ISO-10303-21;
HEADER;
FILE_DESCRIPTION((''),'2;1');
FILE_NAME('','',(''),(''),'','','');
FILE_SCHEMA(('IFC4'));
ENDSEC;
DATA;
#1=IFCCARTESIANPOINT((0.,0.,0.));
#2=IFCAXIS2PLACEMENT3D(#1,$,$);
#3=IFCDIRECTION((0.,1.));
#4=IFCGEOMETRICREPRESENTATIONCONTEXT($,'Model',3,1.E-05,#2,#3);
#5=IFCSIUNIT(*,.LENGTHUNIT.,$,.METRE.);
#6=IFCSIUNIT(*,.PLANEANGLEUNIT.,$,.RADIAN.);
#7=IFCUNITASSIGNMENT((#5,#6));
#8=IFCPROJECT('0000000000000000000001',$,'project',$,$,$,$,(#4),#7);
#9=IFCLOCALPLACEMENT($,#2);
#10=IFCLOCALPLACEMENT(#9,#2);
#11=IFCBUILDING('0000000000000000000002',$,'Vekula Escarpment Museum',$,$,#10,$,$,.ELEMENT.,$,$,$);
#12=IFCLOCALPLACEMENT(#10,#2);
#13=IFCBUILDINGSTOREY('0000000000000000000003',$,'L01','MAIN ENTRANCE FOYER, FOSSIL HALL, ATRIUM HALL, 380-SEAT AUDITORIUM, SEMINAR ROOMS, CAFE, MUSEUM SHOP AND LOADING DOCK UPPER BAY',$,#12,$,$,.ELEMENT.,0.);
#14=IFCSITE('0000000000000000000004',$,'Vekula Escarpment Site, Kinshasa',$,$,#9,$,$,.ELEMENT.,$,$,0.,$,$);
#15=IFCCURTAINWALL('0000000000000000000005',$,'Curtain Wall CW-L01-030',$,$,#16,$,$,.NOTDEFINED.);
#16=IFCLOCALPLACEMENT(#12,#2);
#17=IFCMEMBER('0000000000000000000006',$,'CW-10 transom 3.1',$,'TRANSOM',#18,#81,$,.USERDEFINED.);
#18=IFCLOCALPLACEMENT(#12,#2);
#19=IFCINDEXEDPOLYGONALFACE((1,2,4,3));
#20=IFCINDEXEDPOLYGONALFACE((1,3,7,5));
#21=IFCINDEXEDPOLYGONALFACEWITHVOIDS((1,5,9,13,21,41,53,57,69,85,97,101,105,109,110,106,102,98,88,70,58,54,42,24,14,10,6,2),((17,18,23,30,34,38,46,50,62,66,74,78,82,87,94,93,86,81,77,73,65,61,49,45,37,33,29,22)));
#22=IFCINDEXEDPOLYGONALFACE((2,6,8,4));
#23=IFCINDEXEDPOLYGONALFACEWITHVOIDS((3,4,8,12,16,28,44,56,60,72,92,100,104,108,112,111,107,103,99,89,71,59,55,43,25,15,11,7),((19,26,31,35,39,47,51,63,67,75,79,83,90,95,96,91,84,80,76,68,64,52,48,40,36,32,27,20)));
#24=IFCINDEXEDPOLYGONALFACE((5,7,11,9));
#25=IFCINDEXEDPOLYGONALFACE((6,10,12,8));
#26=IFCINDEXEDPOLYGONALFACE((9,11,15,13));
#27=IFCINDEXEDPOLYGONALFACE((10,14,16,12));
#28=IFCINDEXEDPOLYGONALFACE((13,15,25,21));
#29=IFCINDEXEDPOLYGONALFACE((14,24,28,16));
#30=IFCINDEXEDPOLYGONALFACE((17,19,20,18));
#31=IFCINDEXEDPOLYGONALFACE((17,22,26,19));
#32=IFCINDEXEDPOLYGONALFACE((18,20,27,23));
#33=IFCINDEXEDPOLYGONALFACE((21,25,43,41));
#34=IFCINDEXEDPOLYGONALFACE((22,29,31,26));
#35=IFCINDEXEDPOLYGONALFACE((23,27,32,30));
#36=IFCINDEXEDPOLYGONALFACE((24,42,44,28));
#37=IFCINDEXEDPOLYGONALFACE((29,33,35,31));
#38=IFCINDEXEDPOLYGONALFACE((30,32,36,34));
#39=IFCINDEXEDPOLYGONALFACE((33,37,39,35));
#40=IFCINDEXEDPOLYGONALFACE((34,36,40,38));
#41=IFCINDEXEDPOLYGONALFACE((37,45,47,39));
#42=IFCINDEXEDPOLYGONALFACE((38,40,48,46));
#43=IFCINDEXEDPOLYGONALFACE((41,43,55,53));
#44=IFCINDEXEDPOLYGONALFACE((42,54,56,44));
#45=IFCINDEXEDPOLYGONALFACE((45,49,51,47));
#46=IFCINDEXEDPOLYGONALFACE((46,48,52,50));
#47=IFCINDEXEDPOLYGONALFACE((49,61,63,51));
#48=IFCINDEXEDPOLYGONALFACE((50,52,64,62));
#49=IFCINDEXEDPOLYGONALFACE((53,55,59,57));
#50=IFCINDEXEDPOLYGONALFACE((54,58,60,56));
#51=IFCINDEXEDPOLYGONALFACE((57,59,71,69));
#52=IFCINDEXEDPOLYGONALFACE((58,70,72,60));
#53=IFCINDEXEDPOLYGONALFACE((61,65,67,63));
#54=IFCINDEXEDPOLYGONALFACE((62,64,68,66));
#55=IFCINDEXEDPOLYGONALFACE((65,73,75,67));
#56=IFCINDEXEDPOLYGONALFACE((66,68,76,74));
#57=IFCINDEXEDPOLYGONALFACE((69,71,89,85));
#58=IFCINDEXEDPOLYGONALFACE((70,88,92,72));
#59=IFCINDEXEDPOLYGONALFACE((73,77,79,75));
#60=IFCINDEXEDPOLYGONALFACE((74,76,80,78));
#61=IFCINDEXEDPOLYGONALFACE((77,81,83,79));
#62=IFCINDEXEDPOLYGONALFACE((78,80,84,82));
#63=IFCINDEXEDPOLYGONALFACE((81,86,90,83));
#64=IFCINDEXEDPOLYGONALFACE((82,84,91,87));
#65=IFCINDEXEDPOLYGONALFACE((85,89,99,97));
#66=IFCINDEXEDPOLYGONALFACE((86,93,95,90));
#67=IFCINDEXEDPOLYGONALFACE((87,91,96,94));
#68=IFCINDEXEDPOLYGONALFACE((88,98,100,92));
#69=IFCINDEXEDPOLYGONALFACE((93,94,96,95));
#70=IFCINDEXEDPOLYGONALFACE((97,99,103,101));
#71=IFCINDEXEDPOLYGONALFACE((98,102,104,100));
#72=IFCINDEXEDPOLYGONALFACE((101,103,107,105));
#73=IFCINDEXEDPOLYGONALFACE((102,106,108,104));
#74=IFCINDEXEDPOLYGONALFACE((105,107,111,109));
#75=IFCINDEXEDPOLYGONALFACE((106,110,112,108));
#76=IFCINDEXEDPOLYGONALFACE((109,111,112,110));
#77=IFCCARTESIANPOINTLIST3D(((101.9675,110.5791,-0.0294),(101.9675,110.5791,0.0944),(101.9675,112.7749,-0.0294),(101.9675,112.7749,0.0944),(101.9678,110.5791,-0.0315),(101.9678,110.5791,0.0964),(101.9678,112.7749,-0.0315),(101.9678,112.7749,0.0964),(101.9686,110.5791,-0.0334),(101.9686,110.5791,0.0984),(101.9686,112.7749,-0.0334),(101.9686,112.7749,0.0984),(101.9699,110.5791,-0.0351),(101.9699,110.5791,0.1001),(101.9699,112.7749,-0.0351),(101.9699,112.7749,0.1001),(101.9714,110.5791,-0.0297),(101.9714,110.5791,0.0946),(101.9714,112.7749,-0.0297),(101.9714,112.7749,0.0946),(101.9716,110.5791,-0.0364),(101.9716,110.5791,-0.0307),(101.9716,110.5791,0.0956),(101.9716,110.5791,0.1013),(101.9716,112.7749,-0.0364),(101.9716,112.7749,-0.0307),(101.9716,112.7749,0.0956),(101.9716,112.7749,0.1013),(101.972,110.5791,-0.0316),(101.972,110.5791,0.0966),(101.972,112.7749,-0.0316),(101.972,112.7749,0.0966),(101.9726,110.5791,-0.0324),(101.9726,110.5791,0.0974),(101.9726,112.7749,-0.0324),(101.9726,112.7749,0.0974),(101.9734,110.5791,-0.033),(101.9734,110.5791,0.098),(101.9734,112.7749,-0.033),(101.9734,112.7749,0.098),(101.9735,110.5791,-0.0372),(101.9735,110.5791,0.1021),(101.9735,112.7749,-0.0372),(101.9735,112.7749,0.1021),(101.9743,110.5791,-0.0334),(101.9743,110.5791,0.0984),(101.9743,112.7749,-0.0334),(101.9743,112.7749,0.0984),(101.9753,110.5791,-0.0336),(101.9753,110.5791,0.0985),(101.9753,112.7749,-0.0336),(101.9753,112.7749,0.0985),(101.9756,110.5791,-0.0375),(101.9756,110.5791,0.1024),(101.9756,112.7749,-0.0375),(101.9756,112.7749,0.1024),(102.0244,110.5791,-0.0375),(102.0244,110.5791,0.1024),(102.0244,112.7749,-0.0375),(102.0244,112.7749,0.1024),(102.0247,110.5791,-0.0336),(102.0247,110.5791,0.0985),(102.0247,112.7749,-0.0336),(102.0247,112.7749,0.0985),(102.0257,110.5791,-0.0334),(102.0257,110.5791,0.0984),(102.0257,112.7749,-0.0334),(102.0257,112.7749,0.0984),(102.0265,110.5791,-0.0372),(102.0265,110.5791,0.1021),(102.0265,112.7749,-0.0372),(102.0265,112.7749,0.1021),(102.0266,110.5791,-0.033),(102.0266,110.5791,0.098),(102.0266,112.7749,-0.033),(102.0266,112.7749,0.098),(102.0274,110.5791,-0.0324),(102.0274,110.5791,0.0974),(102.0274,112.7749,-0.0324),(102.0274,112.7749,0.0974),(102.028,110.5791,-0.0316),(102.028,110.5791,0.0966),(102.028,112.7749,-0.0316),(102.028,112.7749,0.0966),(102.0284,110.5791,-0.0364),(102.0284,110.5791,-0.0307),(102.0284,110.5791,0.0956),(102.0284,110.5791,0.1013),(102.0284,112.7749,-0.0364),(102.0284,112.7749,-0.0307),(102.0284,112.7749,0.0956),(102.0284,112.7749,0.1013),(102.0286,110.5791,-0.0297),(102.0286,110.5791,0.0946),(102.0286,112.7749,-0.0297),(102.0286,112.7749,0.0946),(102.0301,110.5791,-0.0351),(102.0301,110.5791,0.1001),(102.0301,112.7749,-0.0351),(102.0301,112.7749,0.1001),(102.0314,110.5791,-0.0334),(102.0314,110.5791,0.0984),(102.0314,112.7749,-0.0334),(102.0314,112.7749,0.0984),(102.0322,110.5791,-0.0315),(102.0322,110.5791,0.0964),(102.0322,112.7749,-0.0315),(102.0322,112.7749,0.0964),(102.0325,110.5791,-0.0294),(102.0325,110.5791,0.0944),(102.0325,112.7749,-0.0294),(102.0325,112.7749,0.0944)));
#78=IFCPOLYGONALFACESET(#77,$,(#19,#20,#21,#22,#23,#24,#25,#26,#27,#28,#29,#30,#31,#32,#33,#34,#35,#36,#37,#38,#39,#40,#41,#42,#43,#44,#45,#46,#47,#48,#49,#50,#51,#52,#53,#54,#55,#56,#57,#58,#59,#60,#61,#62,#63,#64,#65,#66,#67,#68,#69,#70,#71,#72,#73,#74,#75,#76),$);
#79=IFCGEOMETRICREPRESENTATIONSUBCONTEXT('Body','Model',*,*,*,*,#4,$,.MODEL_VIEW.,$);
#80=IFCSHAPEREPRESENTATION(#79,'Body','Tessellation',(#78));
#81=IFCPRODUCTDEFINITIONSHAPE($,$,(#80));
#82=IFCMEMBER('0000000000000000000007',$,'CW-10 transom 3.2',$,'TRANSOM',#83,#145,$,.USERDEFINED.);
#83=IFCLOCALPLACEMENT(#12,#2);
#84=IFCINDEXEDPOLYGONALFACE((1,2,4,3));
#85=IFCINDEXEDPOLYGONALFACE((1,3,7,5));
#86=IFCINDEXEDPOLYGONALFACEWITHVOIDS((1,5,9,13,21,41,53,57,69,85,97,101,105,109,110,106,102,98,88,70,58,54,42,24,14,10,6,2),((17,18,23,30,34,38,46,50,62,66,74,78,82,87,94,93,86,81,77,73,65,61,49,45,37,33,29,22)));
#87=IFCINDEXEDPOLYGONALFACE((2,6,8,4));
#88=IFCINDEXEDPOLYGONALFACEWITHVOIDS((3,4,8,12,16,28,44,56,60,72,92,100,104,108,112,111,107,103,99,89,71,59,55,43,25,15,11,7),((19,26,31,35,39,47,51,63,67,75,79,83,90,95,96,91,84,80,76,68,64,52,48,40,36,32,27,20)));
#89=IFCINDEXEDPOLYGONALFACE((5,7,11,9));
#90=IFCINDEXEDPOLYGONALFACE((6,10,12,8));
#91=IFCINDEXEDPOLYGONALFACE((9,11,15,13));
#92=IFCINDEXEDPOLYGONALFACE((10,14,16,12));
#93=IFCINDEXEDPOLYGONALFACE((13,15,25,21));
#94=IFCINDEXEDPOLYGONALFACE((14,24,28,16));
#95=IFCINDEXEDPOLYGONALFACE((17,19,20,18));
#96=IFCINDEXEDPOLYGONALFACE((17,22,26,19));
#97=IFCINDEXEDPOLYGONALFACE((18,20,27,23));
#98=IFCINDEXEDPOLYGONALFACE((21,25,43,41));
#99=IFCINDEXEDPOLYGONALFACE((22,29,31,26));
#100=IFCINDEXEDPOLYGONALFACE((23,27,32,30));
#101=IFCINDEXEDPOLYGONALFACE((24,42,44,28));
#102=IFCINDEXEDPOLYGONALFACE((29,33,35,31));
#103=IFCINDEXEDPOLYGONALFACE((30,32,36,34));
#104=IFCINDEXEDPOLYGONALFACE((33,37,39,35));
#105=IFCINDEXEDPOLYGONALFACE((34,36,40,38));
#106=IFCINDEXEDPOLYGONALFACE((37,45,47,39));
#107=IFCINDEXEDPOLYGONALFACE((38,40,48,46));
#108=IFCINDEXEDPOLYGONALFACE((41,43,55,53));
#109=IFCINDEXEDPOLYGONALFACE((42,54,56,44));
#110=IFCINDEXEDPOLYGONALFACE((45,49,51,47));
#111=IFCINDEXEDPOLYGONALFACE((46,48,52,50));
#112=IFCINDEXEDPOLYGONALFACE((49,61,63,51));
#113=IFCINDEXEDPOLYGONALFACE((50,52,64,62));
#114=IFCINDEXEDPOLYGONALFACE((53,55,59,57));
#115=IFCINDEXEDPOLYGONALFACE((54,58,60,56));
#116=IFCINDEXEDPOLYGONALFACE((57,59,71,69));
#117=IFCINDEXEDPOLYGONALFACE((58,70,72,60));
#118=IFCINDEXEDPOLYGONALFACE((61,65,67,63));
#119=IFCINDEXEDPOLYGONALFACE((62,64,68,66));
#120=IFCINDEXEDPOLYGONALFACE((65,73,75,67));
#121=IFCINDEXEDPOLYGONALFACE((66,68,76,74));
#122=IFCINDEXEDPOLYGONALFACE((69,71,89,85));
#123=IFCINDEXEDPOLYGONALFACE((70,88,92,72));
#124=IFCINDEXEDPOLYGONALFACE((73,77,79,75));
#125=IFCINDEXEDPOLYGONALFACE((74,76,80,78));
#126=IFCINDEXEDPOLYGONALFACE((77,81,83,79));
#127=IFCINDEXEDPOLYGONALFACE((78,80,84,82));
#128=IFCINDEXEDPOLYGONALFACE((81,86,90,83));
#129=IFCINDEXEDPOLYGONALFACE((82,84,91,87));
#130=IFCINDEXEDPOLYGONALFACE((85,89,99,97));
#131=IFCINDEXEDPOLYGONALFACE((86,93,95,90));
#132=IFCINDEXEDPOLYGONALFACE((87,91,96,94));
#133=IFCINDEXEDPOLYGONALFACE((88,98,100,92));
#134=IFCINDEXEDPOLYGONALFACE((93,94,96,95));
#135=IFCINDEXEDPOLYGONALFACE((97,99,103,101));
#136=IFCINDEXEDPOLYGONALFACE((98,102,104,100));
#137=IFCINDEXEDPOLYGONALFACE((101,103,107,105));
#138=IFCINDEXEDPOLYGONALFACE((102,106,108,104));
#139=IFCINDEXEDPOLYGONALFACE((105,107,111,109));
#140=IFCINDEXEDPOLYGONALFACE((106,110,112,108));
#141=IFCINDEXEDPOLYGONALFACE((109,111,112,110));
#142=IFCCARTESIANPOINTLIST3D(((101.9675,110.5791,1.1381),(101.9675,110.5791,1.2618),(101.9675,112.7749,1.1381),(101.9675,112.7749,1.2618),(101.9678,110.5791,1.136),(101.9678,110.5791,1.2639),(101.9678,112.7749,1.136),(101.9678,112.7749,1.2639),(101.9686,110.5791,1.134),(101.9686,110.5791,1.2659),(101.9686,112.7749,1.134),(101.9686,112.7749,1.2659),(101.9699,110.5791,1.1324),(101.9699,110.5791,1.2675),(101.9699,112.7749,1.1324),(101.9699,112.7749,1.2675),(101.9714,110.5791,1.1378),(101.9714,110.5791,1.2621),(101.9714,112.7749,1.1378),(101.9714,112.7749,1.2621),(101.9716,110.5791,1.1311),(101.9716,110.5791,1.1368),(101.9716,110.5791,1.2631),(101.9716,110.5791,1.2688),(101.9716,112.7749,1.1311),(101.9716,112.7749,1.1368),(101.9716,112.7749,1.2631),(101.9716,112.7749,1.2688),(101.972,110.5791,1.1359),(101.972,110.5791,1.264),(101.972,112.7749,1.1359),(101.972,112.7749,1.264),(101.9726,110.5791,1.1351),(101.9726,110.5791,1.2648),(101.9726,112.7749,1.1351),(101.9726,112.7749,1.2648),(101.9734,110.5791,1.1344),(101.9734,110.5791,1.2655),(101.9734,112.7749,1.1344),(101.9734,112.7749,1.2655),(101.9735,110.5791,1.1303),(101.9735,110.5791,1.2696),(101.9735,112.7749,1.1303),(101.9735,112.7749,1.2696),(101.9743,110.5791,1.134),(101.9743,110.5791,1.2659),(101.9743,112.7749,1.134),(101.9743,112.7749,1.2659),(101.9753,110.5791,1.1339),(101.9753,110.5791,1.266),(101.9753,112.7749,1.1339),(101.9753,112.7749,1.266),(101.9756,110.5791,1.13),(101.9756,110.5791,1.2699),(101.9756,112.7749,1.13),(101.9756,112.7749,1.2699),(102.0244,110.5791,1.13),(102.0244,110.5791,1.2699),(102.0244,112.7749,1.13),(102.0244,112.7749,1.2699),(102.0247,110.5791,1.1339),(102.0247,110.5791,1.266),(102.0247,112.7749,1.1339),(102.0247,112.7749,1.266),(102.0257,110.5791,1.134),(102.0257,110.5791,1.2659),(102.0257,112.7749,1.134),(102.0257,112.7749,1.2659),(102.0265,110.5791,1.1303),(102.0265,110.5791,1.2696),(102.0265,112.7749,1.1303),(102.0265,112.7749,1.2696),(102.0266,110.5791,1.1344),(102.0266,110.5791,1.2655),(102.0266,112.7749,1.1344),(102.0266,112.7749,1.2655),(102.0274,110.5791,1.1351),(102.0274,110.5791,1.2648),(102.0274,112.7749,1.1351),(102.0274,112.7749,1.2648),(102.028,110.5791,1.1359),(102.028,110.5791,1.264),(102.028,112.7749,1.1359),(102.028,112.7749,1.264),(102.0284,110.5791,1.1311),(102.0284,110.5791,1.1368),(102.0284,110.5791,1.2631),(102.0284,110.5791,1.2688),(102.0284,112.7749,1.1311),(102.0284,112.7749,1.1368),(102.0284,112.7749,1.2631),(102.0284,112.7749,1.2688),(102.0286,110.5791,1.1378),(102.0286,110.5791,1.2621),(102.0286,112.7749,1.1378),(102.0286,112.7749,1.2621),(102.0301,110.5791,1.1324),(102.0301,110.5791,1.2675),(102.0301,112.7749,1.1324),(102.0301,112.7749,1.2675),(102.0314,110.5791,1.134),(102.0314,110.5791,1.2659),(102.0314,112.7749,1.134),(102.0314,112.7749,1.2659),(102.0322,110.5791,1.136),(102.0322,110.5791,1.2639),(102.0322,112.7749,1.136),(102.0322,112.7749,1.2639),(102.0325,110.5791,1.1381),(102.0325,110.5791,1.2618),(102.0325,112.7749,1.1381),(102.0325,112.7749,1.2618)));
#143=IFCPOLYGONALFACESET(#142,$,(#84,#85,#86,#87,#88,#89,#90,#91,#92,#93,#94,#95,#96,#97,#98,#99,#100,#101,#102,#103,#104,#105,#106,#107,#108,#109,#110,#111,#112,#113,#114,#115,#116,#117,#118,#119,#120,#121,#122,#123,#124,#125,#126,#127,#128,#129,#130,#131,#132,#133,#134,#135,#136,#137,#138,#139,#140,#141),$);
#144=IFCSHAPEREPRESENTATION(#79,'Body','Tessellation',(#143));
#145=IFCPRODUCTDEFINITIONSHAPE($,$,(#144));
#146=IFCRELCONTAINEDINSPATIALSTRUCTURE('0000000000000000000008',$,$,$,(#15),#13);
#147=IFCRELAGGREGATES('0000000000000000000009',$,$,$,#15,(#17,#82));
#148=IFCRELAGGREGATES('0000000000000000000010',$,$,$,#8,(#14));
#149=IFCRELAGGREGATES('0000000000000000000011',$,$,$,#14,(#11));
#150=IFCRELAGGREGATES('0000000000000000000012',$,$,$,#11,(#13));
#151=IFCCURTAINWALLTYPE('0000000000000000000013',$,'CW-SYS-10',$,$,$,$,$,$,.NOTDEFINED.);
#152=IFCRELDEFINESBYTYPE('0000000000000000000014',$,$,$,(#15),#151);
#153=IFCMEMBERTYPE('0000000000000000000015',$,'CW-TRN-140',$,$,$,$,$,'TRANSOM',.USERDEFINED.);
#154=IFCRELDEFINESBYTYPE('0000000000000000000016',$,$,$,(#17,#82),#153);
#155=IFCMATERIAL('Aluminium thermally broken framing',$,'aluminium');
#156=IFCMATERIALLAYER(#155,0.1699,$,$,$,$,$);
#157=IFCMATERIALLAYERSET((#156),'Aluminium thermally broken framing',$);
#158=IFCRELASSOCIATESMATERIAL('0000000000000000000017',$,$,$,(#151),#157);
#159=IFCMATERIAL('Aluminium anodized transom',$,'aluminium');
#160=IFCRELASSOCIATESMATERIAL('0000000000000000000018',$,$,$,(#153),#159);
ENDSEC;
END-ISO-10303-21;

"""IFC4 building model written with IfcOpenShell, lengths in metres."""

from ifc_helpers import new_model, si_unit, direction, frame, origin, origin_2d, place, context, subcontext, project, spatial, hollow_rectangle, extrude, material, layer, layer_set, material_profile, profile_set, type_object, element, aggregate, save


model = new_model("IFC4")

# Units and contexts
model_context = context("Model", 3, precision=1e-05, world=origin(), true_north=direction((0.0, 1.0)))
body_context = subcontext(model_context, "Body", "Model", "MODEL_VIEW")
ifc_project = project(units=[si_unit("LENGTHUNIT", "METRE"), si_unit("PLANEANGLEUNIT", "RADIAN")], contexts=[model_context])

# Site, building, storey
site_placement = place(None, origin())
site = spatial("IfcSite", under=ifc_project, at=site_placement, Name="Vekula Escarpment Site, Kinshasa", CompositionType="ELEMENT", RefElevation=0.0)
building_placement = place(site_placement, origin())
building = spatial("IfcBuilding", under=site, at=building_placement, Name="Vekula Escarpment Museum", CompositionType="ELEMENT")
storey_placement = place(building_placement, origin())
storey = spatial("IfcBuildingStorey", under=building, at=storey_placement, Name="L01", Description="MAIN ENTRANCE FOYER, FOSSIL HALL, ATRIUM HALL, 380-SEAT AUDITORIUM, SEMINAR ROOMS, CAFE, MUSEUM SHOP AND LOADING DOCK UPPER BAY", CompositionType="ELEMENT", Elevation=0.0)

# Curtain wall, members
ifc_material_1 = material(Name="Aluminium thermally broken framing", Category="aluminium")
ifc_layer_1 = layer(ifc_material_1, 0.1699)
ifc_layer_set_1 = layer_set([ifc_layer_1], Name="Aluminium thermally broken framing")
curtain_wall_type = type_object("IfcCurtainWallType", Name="CW-SYS-10", PredefinedType="NOTDEFINED", material=ifc_layer_set_1)
curtain_wall_placement = place(storey_placement, origin())
curtain_wall = element("IfcCurtainWall", 1, at=curtain_wall_placement, inside=storey, type_object=curtain_wall_type, Name="Curtain Wall CW-L01-030", PredefinedType="NOTDEFINED")
ifc_material_2 = material(Name="Aluminium anodized transom", Category="aluminium")
ifc_material_profile_1 = material_profile(ifc_material_2, hollow_rectangle(XDim=0.0649, YDim=0.1399, WallThickness=0.0039, InnerFilletRadius=0.0039, OuterFilletRadius=0.0081, at=origin_2d()), Name="ALU 140x65x4")
ifc_profile_set_1 = profile_set([ifc_material_profile_1], Name="Aluminium anodized transom")
member_type_1 = type_object("IfcMemberType", Name="CW-TRN-140", ElementType="TRANSOM", PredefinedType="USERDEFINED", material=ifc_profile_set_1)
member_1_placement = place(storey_placement, frame((102.0, 110.5791, 0.0325), z_axis=(0.0, 1.0, 0.0), x_axis=(-1.0, 0.0, 0.0)))
member_1 = element("IfcMember", 2, at=member_1_placement, type_object=member_type_1, Name="CW-10 transom 3.1", ObjectType="TRANSOM", PredefinedType="USERDEFINED", context=body_context, shape_type="SweptSolid", body=[
    extrude(hollow_rectangle(XDim=0.0649, YDim=0.1399, WallThickness=0.0039, InnerFilletRadius=0.0039, OuterFilletRadius=0.0081, at=origin_2d()), origin(), (0.0, 0.0, 1.0), 2.1958),
])
member_2_placement = place(storey_placement, frame((102.0, 110.5791, 1.2), z_axis=(0.0, 1.0, 0.0), x_axis=(-1.0, 0.0, 0.0)))
member_2 = element("IfcMember", 3, at=member_2_placement, type_object=member_type_1, Name="CW-10 transom 3.2", ObjectType="TRANSOM", PredefinedType="USERDEFINED", context=body_context, shape_type="SweptSolid", body=[
    extrude(hollow_rectangle(XDim=0.0649, YDim=0.1399, WallThickness=0.0039, InnerFilletRadius=0.0039, OuterFilletRadius=0.0081, at=origin_2d()), origin(), (0.0, 0.0, 1.0), 2.1958),
])
aggregate(curtain_wall, [member_1, member_2])

save(model, "model.ifc")
